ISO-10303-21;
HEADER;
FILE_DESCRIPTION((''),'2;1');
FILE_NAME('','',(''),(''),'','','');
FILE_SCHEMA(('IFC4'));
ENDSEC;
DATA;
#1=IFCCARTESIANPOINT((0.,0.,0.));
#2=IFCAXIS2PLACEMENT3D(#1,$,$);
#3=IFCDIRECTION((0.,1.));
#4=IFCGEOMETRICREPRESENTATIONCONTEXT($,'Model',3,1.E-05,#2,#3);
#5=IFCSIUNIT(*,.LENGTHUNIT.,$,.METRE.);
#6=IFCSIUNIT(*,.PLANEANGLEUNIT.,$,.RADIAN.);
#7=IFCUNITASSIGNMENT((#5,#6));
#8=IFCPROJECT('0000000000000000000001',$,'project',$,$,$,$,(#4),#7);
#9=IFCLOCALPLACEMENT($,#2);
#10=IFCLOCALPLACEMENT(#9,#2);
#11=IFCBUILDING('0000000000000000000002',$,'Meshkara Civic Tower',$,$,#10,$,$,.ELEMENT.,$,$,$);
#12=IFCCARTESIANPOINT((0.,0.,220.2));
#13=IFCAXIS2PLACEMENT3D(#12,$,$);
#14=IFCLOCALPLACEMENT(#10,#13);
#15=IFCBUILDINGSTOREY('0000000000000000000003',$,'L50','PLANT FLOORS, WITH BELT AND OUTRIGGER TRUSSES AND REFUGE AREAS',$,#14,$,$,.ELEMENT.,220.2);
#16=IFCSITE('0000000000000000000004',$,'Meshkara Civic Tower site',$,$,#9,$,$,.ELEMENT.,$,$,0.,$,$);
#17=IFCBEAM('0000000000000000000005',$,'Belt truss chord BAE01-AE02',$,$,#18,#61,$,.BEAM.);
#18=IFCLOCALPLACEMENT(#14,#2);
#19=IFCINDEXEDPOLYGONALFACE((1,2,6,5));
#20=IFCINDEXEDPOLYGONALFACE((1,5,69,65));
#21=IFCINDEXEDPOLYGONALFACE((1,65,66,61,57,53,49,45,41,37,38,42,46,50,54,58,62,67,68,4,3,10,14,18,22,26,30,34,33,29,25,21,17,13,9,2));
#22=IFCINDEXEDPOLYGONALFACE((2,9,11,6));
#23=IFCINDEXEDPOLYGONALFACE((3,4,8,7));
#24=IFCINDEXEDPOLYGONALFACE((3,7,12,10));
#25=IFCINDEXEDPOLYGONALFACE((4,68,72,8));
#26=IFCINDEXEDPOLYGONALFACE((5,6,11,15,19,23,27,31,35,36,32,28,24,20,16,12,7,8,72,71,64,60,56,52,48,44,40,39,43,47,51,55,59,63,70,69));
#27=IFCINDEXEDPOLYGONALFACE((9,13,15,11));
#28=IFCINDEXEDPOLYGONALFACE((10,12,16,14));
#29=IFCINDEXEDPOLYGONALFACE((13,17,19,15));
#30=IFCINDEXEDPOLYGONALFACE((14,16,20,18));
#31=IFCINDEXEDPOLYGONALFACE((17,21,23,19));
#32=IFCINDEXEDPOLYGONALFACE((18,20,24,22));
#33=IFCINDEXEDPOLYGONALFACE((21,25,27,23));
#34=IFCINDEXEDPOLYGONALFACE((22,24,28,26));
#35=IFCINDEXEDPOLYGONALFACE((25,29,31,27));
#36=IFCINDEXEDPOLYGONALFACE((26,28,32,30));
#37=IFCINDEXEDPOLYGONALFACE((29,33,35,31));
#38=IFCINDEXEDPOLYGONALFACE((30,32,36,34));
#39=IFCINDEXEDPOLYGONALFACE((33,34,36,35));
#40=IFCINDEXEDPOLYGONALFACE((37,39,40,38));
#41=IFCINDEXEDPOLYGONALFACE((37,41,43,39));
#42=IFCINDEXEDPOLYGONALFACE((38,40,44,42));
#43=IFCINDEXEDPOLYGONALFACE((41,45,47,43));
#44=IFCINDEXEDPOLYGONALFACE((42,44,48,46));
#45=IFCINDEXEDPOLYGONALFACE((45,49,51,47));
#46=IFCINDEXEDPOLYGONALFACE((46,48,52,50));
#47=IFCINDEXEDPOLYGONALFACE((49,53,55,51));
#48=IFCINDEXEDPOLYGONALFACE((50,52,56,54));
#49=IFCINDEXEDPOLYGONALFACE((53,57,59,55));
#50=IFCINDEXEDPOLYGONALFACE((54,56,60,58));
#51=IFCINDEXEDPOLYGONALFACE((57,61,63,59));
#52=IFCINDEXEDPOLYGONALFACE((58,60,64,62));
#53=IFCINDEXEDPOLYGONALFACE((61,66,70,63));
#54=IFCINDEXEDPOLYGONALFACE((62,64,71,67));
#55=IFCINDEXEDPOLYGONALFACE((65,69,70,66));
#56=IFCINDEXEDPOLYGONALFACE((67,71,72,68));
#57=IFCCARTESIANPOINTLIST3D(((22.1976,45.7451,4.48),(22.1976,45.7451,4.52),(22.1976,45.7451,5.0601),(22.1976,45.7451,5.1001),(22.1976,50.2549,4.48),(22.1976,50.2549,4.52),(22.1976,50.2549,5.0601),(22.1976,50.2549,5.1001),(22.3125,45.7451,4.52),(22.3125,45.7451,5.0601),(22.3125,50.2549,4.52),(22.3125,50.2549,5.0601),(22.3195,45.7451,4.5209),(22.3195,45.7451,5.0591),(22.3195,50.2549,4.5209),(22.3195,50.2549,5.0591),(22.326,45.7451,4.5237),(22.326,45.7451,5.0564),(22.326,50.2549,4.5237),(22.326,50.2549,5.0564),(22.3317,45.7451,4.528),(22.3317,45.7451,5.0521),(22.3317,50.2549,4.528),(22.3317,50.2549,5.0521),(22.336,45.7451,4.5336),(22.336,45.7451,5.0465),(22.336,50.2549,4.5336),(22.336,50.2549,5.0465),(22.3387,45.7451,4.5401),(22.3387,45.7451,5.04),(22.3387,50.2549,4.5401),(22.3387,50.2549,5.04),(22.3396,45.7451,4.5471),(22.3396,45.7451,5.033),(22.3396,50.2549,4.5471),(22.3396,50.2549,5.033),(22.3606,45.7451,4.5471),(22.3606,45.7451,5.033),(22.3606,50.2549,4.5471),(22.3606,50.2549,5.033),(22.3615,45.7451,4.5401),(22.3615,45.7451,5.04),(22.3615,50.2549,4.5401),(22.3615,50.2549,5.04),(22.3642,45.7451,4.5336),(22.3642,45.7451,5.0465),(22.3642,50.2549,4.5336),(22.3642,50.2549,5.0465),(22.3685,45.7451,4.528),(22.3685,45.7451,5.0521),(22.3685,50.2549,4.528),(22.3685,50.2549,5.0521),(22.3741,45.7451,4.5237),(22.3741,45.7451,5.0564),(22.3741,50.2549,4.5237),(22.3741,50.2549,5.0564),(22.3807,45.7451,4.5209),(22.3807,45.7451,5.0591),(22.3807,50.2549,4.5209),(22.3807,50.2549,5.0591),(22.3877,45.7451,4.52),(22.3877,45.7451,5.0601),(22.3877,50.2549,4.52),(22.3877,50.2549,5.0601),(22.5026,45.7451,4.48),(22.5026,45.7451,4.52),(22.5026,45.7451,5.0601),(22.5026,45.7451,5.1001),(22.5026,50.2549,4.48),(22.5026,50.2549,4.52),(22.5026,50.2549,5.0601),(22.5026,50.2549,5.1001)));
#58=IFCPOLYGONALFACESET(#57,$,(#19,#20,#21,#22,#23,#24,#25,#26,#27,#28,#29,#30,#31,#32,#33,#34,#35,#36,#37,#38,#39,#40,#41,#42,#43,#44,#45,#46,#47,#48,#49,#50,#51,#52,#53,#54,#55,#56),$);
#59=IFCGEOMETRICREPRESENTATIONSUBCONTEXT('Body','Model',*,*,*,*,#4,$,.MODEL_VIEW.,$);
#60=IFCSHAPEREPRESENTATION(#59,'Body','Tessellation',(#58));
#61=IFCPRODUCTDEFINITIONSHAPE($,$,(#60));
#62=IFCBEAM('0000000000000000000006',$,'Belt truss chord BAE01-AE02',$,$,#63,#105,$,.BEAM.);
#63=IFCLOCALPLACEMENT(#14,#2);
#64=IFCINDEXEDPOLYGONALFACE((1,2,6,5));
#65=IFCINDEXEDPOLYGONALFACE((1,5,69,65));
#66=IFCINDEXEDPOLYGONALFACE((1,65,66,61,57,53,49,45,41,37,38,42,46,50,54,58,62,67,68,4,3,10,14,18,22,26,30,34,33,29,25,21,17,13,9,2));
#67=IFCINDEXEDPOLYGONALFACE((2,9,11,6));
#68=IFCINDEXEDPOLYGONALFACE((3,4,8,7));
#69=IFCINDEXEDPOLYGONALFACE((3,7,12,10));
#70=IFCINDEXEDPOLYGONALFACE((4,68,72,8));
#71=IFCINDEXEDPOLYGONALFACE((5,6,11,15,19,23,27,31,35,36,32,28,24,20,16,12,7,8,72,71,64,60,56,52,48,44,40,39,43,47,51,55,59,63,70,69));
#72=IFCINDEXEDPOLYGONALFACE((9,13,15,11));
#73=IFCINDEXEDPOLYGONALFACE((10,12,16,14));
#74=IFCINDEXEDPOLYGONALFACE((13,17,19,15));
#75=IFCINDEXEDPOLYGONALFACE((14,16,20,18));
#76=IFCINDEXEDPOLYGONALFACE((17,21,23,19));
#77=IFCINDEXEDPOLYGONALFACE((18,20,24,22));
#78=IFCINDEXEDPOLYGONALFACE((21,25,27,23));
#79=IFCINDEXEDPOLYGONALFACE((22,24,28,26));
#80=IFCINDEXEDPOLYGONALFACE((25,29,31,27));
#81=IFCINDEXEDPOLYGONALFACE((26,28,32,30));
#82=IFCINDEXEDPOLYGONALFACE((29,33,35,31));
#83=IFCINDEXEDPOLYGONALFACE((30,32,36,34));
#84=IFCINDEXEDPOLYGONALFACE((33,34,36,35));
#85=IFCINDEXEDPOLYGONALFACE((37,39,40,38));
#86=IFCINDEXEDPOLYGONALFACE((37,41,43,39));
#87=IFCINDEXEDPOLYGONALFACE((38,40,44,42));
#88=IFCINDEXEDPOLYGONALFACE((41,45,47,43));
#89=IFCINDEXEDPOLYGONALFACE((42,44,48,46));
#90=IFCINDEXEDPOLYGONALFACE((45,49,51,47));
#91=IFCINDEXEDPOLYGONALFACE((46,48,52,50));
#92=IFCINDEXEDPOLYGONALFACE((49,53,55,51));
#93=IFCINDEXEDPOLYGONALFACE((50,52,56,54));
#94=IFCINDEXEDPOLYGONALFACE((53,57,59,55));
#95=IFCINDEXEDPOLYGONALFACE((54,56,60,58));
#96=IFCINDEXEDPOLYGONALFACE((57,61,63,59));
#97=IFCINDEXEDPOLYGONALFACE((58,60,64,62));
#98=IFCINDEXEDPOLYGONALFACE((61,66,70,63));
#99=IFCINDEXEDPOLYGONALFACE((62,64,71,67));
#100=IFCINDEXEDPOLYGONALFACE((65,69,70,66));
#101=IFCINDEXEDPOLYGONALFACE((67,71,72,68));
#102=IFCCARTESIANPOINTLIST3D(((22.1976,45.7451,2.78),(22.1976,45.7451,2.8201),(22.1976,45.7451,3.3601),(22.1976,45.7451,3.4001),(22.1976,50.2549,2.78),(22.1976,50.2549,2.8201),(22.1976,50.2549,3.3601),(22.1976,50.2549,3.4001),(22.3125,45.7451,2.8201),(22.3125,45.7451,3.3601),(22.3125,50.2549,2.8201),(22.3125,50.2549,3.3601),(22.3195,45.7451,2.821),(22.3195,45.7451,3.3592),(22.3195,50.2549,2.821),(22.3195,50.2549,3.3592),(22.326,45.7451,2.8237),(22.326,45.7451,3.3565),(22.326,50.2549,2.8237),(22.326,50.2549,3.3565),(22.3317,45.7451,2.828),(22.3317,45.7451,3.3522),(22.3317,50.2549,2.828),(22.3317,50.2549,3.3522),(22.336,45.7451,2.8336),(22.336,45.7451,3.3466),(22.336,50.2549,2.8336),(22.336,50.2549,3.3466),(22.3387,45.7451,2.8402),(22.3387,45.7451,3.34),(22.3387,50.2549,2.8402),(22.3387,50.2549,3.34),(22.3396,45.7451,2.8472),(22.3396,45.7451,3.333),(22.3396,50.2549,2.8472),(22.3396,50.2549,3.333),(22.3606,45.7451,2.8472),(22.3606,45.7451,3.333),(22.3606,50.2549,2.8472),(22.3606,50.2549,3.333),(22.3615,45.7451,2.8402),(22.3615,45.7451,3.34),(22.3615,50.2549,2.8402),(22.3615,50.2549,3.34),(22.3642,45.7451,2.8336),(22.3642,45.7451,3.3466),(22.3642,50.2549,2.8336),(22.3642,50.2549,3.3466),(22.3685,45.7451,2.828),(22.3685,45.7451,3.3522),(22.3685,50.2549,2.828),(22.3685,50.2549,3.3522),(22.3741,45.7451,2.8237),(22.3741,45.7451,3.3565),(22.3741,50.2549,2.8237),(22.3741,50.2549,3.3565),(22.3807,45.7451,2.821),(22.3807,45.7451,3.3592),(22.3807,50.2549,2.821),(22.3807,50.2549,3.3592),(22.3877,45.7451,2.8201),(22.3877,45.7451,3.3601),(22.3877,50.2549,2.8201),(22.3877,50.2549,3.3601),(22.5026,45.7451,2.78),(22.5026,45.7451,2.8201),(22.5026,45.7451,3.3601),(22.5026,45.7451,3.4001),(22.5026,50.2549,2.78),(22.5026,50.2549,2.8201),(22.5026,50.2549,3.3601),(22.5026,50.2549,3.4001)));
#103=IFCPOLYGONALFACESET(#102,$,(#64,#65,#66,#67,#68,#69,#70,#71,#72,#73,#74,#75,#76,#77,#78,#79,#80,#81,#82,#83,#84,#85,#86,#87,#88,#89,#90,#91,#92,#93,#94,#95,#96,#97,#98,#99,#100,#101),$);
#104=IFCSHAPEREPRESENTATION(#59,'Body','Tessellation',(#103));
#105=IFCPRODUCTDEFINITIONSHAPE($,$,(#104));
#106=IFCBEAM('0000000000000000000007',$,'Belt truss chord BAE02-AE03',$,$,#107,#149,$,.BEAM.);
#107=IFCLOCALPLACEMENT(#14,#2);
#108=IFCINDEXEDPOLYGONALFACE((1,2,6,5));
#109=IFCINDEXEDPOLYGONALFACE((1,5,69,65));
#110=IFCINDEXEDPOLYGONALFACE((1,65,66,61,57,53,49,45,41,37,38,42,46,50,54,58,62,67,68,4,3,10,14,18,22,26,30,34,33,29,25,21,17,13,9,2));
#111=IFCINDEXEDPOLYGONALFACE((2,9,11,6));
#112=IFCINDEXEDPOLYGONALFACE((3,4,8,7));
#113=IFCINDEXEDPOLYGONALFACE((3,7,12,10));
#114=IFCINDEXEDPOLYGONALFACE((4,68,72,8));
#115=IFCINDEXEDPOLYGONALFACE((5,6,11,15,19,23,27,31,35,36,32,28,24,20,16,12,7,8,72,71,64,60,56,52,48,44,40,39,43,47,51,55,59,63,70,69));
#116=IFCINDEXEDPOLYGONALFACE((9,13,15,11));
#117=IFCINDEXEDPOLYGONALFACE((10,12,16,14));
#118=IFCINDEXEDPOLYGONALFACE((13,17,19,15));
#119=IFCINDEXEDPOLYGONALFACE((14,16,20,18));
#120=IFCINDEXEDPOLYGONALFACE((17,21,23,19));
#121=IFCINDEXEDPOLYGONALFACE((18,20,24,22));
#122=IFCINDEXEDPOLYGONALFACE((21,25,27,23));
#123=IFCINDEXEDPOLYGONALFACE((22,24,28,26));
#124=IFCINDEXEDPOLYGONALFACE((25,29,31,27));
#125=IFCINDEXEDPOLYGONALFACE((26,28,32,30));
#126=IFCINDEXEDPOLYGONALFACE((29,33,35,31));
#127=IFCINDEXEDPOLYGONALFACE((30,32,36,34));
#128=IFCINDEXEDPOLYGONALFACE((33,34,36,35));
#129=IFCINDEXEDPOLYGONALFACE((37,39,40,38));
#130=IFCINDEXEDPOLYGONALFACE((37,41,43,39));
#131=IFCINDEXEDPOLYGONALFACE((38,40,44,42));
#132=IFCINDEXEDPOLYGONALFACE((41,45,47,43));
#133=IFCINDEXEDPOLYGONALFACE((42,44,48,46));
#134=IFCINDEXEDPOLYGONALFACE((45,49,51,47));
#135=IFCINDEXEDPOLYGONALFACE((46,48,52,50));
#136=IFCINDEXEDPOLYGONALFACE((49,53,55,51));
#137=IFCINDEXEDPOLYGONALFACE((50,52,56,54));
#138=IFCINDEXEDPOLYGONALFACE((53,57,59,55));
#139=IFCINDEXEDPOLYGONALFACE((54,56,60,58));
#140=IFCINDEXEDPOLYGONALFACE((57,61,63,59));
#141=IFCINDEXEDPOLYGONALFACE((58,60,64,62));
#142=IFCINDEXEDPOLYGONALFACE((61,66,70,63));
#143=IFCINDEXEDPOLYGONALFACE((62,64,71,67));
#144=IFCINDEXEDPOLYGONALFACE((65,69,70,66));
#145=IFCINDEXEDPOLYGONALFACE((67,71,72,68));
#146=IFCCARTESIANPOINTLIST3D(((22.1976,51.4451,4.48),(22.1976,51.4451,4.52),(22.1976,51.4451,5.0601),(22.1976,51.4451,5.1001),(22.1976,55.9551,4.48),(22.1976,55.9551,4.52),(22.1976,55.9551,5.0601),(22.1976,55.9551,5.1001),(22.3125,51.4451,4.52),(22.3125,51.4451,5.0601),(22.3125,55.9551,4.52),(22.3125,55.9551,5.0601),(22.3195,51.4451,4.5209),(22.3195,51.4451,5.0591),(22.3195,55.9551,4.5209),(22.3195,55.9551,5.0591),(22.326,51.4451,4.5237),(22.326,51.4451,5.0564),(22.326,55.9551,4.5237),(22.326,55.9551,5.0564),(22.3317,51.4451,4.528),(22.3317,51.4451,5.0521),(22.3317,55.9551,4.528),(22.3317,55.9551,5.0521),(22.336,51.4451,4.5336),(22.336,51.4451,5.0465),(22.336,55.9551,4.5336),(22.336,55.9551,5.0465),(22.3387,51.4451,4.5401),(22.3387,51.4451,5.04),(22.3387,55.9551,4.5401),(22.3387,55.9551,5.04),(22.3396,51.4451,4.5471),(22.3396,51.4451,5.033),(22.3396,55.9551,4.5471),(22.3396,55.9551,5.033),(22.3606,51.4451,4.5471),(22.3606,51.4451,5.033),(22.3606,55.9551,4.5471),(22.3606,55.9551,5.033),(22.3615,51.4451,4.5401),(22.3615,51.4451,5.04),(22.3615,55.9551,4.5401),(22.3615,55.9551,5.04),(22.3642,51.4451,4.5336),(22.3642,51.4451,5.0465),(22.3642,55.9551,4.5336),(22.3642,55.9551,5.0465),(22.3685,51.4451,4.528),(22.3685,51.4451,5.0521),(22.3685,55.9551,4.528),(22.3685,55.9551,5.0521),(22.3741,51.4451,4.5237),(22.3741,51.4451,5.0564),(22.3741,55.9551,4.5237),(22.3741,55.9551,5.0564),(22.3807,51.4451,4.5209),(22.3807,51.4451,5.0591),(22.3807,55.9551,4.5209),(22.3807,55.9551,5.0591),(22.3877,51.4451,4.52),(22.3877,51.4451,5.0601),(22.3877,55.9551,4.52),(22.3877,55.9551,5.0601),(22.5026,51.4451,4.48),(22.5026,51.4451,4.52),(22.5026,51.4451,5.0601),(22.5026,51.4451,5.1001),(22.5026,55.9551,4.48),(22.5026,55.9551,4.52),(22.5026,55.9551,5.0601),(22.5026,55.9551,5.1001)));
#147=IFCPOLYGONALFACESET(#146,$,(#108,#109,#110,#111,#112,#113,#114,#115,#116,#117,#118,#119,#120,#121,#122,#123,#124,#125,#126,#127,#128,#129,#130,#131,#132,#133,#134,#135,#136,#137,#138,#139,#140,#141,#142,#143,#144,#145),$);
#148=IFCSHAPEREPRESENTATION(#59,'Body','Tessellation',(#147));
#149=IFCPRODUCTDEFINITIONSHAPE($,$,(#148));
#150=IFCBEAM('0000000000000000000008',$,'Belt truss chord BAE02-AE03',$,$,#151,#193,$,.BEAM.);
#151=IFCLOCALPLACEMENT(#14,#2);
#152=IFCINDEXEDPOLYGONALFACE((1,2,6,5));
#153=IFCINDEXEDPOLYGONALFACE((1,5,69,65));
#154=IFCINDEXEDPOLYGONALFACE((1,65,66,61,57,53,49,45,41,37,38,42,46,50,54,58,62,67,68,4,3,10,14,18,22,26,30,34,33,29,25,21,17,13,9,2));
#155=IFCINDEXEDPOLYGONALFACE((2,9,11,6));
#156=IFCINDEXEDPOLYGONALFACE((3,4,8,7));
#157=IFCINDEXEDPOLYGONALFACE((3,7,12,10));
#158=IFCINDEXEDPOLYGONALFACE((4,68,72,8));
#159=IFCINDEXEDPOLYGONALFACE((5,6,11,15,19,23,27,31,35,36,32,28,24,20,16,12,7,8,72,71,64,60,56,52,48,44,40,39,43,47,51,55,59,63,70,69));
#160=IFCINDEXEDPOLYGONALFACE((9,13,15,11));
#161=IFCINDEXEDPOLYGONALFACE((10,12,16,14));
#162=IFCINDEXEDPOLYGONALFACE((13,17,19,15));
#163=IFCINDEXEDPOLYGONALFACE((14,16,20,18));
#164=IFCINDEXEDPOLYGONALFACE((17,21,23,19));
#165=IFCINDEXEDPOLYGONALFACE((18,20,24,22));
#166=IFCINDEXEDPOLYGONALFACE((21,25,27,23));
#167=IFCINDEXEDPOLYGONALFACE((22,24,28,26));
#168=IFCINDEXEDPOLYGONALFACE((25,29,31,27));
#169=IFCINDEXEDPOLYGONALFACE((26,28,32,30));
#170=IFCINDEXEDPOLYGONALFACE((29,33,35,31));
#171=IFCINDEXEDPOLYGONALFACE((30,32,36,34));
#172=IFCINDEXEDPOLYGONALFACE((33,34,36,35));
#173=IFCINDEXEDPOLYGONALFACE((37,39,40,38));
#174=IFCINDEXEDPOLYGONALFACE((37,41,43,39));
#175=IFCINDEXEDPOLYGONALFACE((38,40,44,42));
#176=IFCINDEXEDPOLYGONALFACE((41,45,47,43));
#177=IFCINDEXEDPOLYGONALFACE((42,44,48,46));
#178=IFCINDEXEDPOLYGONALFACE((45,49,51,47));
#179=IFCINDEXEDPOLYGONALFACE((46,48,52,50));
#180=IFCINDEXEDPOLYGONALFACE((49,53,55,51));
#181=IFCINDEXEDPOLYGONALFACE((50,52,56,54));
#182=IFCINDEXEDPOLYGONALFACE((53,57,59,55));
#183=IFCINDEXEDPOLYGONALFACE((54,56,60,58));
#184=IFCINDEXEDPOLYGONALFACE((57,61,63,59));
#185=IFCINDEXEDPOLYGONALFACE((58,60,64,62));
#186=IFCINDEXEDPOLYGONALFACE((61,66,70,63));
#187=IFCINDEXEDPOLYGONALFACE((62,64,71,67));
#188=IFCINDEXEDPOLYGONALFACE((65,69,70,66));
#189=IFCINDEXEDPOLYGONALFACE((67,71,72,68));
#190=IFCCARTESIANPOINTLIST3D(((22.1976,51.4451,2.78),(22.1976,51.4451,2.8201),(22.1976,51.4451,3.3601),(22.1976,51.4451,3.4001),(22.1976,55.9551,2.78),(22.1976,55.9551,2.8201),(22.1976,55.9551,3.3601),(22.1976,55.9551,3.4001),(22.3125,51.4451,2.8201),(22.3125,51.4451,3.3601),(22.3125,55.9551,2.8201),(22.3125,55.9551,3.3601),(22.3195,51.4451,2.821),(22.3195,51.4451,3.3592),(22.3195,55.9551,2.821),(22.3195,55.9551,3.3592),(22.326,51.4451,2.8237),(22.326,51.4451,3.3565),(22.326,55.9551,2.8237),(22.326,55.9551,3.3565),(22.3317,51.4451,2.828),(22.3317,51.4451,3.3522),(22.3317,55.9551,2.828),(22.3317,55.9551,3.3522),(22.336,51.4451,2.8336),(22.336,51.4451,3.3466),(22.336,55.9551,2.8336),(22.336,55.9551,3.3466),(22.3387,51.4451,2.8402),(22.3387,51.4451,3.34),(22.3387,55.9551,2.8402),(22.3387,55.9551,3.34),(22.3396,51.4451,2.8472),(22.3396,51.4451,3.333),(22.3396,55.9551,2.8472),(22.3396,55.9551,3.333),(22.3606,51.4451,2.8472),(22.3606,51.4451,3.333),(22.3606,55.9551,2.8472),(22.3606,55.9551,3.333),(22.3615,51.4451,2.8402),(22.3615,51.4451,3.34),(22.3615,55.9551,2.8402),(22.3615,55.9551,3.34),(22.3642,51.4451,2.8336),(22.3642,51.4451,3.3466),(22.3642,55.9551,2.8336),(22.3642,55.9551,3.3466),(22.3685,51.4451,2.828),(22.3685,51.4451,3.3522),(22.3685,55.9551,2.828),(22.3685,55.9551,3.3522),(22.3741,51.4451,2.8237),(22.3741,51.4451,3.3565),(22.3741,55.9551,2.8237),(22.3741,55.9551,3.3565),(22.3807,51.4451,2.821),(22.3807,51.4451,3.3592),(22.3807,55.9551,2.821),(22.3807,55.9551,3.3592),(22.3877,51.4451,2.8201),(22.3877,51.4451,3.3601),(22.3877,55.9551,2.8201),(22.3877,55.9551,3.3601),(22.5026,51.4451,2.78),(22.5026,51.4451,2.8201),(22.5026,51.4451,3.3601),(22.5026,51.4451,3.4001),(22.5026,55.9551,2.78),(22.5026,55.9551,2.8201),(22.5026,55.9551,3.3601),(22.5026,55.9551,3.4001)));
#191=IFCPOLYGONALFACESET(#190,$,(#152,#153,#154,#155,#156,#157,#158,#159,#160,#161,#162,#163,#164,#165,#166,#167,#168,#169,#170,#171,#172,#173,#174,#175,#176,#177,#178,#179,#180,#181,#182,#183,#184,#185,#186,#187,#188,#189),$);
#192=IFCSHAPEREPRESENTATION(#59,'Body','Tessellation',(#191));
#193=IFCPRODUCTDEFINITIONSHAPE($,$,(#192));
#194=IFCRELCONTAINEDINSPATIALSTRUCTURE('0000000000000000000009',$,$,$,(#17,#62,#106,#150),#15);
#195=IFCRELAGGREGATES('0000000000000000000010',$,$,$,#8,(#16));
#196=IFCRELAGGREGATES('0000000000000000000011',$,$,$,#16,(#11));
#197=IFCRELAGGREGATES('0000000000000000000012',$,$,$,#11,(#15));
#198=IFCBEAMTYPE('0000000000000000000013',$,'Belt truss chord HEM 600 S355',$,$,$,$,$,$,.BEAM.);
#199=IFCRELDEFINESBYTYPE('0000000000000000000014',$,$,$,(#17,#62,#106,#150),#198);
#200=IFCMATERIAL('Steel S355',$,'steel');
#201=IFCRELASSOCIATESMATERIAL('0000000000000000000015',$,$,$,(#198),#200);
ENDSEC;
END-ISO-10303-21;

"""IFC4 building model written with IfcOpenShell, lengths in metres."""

from ifc_helpers import new_model, si_unit, direction, frame, origin, origin_2d, place, context, subcontext, project, spatial, i_section, extrude, material, material_profile, profile_set, type_object, element, save


model = new_model("IFC4")

# Units and contexts
model_context = context("Model", 3, precision=1e-05, world=origin(), true_north=direction((0.0, 1.0)))
body_context = subcontext(model_context, "Body", "Model", "MODEL_VIEW")
ifc_project = project(units=[si_unit("LENGTHUNIT", "METRE"), si_unit("PLANEANGLEUNIT", "RADIAN")], contexts=[model_context])

# Site, building, storey
site_placement = place(None, origin())
site = spatial("IfcSite", under=ifc_project, at=site_placement, Name="Meshkara Civic Tower site", CompositionType="ELEMENT", RefElevation=0.0)
building_placement = place(site_placement, origin())
building = spatial("IfcBuilding", under=site, at=building_placement, Name="Meshkara Civic Tower", CompositionType="ELEMENT")
storey_placement = place(building_placement, frame((0.0, 0.0, 220.2)))
storey = spatial("IfcBuildingStorey", under=building, at=storey_placement, Name="L50", Description="PLANT FLOORS, WITH BELT AND OUTRIGGER TRUSSES AND REFUGE AREAS", CompositionType="ELEMENT", Elevation=220.2)

# Beams
ifc_material_1 = material(Name="Steel S355", Category="steel")
ifc_material_profile_1 = material_profile(ifc_material_1, i_section(OverallWidth=0.3049, OverallDepth=0.6201, WebThickness=0.021, FlangeThickness=0.04, FilletRadius=0.0271, at=origin_2d()))
ifc_profile_set_1 = profile_set([ifc_material_profile_1], Name="Steel S355")
beam_type_1 = type_object("IfcBeamType", Name="Belt truss chord HEM 600 S355", PredefinedType="BEAM", material=ifc_profile_set_1)
for number, where, z_axis, x_axis, name in (
    (1, (22.3501, 45.7451, 4.79), (0.0, 1.0, 0.0), (-1.0, 0.0, 0.0), "Belt truss chord BAE01-AE02"),
    (2, (22.3501, 45.7451, 3.0901), (0.0, 1.0, 0.0), (-1.0, 0.0, 0.0), "Belt truss chord BAE01-AE02"),
):
    element("IfcBeam", number, at=place(storey_placement, frame(where, z_axis=z_axis, x_axis=x_axis)), inside=storey, type_object=beam_type_1, Name=name, PredefinedType="BEAM", context=body_context, shape_type="SweptSolid", body=[
        extrude(i_section(OverallWidth=0.3049, OverallDepth=0.6201, WebThickness=0.021, FlangeThickness=0.04, FilletRadius=0.0271, at=origin_2d()), origin(), (0.0, 0.0, 1.0), 4.5098),
    ])
for number, where, z_axis, x_axis, name in (
    (3, (22.3501, 51.4451, 4.79), (0.0, 1.0, 0.0), (-1.0, 0.0, 0.0), "Belt truss chord BAE02-AE03"),
    (4, (22.3501, 51.4451, 3.0901), (0.0, 1.0, 0.0), (-1.0, 0.0, 0.0), "Belt truss chord BAE02-AE03"),
):
    element("IfcBeam", number, at=place(storey_placement, frame(where, z_axis=z_axis, x_axis=x_axis)), inside=storey, type_object=beam_type_1, Name=name, PredefinedType="BEAM", context=body_context, shape_type="SweptSolid", body=[
        extrude(i_section(OverallWidth=0.3049, OverallDepth=0.6201, WebThickness=0.021, FlangeThickness=0.04, FilletRadius=0.0271, at=origin_2d()), origin(), (0.0, 0.0, 1.0), 4.51),
    ])

save(model, "model.ifc")
